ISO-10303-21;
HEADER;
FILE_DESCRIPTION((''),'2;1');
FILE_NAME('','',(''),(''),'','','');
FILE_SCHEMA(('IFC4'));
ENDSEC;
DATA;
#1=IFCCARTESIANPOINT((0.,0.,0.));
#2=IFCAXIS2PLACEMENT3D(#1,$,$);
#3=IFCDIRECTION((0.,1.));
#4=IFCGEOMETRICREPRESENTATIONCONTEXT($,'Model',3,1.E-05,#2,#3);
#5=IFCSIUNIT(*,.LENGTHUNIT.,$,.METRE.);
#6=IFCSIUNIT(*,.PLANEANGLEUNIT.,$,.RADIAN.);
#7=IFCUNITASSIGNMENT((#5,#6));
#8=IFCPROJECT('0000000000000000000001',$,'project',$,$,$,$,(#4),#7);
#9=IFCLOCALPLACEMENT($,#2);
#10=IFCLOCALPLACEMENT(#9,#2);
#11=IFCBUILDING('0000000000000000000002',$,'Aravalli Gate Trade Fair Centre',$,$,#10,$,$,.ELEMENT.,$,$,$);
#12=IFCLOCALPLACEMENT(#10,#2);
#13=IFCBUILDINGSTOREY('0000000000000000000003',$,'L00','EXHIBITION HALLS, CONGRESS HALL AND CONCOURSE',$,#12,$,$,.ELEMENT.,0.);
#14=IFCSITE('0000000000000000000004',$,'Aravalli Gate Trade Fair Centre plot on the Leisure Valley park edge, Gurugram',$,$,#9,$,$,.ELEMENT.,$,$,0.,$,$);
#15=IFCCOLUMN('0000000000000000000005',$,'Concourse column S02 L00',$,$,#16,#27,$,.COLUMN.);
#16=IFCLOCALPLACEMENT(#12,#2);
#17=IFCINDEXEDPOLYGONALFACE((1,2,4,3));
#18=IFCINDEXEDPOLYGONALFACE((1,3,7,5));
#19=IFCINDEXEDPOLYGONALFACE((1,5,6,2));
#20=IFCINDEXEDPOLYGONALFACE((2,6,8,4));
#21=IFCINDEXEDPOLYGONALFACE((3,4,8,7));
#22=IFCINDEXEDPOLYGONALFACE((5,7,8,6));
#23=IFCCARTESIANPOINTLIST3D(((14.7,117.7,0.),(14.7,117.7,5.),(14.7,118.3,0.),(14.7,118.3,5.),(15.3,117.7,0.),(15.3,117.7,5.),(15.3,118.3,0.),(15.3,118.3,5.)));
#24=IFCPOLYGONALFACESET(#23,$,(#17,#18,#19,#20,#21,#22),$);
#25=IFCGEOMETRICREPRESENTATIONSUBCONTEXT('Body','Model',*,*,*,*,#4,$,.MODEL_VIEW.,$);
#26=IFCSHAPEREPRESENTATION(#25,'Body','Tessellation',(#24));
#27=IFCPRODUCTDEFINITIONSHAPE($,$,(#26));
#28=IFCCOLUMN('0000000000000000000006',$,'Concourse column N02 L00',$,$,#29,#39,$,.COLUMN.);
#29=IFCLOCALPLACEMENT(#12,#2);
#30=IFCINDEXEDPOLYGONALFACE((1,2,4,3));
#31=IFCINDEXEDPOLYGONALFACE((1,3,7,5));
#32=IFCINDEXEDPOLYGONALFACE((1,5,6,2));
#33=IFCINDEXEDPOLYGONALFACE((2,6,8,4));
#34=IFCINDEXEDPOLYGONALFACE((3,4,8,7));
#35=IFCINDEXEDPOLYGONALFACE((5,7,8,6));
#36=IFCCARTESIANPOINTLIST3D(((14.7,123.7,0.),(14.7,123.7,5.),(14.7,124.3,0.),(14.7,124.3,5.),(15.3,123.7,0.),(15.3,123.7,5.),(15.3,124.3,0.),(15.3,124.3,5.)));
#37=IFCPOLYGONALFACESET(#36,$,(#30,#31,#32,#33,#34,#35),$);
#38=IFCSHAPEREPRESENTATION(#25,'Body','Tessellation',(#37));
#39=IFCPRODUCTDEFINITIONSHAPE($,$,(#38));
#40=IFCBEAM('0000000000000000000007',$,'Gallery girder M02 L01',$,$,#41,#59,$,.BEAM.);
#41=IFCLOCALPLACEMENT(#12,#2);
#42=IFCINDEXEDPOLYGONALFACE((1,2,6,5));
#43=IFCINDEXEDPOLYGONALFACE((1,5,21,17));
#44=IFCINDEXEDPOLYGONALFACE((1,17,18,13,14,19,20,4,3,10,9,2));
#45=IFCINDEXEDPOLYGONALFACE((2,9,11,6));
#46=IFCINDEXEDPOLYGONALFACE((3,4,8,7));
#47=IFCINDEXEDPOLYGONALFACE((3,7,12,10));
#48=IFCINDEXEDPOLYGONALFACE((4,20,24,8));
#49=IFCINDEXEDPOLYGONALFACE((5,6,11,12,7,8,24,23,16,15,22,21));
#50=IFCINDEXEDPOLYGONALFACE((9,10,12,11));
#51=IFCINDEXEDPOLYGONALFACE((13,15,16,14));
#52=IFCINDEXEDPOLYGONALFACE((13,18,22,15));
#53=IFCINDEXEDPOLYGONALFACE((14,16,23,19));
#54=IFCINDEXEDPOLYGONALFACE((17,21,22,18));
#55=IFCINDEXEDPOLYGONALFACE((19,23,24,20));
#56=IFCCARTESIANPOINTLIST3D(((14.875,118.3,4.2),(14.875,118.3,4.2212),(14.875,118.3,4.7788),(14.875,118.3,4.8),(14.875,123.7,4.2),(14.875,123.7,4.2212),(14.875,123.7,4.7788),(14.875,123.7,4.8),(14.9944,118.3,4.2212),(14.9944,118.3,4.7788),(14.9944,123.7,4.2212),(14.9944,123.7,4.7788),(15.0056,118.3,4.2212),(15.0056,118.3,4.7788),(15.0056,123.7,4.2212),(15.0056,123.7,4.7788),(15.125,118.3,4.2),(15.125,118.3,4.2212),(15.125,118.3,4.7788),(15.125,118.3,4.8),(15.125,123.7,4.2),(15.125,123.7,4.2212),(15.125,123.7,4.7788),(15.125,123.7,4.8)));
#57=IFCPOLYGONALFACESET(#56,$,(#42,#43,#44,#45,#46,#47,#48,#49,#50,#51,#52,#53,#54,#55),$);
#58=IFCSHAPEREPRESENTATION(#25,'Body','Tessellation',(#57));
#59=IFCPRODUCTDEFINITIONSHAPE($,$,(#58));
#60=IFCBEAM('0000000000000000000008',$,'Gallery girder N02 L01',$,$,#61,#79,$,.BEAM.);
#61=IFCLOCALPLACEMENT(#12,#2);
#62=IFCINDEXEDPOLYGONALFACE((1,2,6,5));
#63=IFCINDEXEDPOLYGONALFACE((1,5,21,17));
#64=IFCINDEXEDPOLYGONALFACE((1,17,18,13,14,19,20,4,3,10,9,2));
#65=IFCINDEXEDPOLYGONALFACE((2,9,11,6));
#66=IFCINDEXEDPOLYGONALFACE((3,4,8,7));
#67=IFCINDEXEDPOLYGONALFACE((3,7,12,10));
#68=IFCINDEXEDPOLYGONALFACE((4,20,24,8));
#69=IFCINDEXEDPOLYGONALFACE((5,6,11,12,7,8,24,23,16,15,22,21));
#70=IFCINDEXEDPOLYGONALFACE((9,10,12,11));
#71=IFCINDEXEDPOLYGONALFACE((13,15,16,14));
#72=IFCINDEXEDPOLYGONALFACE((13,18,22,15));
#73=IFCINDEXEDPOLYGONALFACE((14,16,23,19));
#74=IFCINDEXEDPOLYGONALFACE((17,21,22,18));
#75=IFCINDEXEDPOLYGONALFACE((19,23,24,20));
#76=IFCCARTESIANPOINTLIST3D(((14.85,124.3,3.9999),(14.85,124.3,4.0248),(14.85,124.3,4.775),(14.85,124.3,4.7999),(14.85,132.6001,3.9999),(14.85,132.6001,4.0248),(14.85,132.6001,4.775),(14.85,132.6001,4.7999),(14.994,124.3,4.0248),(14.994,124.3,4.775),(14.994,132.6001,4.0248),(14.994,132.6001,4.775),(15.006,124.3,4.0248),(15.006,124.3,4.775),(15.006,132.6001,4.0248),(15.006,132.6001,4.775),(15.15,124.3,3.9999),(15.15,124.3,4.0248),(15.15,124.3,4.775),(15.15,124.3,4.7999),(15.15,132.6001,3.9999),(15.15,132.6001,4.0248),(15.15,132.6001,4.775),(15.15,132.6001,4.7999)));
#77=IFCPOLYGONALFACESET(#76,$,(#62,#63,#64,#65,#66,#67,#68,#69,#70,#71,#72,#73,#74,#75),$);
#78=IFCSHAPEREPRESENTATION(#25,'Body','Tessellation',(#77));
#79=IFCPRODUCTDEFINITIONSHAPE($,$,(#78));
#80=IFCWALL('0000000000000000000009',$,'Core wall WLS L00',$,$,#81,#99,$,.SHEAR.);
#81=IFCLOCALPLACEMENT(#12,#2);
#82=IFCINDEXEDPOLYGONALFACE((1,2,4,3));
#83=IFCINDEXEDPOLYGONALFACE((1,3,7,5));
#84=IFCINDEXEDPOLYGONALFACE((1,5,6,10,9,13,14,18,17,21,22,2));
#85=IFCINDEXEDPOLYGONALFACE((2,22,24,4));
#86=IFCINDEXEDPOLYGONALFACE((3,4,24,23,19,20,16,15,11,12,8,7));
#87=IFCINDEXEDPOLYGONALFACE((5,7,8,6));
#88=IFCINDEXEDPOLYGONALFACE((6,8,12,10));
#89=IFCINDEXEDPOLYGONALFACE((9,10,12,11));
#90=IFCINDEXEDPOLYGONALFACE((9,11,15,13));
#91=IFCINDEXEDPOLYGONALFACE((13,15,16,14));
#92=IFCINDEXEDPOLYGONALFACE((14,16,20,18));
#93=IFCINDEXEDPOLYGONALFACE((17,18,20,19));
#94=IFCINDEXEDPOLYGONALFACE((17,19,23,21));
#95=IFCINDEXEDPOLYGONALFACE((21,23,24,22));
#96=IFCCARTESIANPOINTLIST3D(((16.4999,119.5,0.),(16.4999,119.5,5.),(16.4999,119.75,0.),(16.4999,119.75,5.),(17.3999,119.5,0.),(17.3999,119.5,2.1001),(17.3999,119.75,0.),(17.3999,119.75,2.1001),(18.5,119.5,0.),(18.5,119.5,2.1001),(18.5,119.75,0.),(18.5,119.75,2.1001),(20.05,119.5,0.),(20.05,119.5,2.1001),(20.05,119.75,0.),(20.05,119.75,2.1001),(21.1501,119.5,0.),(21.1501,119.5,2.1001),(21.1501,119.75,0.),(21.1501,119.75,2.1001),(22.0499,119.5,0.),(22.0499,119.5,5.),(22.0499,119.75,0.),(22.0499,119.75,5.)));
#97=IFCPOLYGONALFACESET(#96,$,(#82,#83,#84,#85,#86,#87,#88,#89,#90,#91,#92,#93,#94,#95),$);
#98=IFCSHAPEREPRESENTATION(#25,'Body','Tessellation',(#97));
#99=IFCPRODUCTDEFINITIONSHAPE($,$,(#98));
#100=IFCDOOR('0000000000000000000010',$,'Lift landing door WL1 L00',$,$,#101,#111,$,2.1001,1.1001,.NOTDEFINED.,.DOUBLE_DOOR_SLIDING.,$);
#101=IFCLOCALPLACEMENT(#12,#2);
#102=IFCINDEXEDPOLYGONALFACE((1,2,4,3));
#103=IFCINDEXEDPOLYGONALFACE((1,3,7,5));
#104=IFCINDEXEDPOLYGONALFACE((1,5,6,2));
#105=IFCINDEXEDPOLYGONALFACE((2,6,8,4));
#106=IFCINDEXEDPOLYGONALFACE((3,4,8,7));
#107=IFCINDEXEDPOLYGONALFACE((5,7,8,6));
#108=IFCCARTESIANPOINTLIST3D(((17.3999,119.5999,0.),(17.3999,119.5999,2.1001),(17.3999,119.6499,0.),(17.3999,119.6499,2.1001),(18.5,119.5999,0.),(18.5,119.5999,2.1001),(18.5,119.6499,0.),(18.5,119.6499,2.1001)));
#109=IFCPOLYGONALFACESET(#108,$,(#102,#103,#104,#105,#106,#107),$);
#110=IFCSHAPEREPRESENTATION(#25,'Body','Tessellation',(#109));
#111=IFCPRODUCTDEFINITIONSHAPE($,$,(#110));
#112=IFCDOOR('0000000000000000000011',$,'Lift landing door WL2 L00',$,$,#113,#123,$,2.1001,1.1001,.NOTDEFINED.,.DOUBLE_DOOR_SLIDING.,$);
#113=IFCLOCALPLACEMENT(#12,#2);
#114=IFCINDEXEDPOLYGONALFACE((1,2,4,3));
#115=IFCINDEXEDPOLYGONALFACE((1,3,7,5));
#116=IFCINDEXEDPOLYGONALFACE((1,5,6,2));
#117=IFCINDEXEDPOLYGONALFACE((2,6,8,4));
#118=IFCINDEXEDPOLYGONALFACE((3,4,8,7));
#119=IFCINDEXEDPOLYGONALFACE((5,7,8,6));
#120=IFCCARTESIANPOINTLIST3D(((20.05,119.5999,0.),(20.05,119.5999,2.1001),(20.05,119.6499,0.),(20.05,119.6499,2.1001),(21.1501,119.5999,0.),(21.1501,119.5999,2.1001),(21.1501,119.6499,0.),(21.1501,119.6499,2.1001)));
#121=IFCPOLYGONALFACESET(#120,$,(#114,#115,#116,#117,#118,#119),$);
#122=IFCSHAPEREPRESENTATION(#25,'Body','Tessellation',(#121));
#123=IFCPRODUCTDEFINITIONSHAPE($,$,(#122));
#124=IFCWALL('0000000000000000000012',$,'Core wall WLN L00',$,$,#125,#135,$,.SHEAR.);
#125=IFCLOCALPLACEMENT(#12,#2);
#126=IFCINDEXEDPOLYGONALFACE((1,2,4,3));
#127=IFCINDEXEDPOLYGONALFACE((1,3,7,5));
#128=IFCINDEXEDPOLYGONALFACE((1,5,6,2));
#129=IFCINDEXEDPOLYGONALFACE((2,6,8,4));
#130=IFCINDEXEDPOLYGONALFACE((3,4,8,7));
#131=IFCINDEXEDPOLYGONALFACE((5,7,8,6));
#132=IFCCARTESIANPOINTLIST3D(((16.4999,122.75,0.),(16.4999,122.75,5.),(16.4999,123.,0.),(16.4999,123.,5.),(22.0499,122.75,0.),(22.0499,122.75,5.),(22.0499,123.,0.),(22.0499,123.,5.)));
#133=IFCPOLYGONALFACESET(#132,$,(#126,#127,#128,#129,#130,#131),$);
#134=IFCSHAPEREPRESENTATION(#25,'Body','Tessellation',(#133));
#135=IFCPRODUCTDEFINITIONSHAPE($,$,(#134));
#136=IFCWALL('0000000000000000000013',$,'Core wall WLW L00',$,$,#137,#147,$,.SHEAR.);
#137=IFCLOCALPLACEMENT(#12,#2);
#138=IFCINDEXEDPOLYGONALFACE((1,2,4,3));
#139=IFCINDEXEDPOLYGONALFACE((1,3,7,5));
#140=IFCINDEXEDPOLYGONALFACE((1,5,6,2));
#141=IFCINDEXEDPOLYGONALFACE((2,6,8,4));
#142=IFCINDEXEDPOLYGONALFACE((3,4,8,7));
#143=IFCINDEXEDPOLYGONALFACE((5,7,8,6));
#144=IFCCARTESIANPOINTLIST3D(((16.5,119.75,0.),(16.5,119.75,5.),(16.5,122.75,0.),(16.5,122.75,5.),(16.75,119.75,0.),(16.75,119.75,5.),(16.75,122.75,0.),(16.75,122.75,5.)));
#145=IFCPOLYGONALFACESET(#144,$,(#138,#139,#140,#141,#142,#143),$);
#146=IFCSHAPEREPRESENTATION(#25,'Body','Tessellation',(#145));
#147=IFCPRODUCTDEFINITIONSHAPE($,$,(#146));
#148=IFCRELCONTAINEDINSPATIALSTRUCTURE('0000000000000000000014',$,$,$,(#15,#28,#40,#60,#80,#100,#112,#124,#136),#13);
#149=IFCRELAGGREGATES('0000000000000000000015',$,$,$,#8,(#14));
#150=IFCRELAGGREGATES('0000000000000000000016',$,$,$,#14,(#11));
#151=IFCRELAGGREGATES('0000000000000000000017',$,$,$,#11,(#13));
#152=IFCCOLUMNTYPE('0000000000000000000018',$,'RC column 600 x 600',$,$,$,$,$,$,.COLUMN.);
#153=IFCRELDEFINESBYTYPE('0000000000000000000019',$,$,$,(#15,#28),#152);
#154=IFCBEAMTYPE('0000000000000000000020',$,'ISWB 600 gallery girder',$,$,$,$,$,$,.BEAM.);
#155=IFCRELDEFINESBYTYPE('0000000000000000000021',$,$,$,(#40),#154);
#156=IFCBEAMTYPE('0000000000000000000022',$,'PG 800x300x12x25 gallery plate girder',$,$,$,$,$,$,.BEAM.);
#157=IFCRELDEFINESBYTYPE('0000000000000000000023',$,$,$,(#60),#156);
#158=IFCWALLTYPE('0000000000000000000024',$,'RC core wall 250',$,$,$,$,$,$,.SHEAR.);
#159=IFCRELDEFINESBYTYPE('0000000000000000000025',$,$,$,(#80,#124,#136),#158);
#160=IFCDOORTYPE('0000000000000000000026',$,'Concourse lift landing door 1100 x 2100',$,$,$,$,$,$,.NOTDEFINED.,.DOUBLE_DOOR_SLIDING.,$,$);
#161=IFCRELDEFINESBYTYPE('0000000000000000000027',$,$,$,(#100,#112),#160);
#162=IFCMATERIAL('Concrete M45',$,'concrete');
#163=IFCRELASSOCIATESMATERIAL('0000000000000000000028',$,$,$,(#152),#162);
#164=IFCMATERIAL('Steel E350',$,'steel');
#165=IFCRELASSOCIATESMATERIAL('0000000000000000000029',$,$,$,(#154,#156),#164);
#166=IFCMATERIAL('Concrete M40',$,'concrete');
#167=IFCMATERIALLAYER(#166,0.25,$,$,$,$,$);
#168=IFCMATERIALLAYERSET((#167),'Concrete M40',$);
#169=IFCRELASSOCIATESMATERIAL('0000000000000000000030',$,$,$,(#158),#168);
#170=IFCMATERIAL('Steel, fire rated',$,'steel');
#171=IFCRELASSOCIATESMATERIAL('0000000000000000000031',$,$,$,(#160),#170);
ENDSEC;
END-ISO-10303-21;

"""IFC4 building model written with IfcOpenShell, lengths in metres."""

from ifc_helpers import new_model, si_unit, direction, frame, frame_2d, origin, origin_2d, place, context, subcontext, project, spatial, rectangle, i_section, extrude, material, layer, layer_set, material_profile, profile_set, type_object, element, fill, save


model = new_model("IFC4")

# Units and contexts
model_context = context("Model", 3, precision=1e-05, world=origin(), true_north=direction((0.0, 1.0)))
body_context = subcontext(model_context, "Body", "Model", "MODEL_VIEW")
ifc_project = project(units=[si_unit("LENGTHUNIT", "METRE"), si_unit("PLANEANGLEUNIT", "RADIAN")], contexts=[model_context])

# Site, building, storey
site_placement = place(None, origin())
site = spatial("IfcSite", under=ifc_project, at=site_placement, Name="Aravalli Gate Trade Fair Centre plot on the Leisure Valley park edge, Gurugram", CompositionType="ELEMENT", RefElevation=0.0)
building_placement = place(site_placement, origin())
building = spatial("IfcBuilding", under=site, at=building_placement, Name="Aravalli Gate Trade Fair Centre", CompositionType="ELEMENT")
storey_placement = place(building_placement, origin())
storey = spatial("IfcBuildingStorey", under=building, at=storey_placement, Name="L00", Description="EXHIBITION HALLS, CONGRESS HALL AND CONCOURSE", CompositionType="ELEMENT", Elevation=0.0)

# Columns
ifc_material_1 = material(Name="Concrete M45", Category="concrete")
ifc_material_profile_1 = material_profile(ifc_material_1, rectangle(XDim=0.6001, YDim=0.6001, at=origin_2d()), Name="RC column 600 x 600")
ifc_profile_set_1 = profile_set([ifc_material_profile_1], Name="Concrete M45")
column_type = type_object("IfcColumnType", Name="RC column 600 x 600", PredefinedType="COLUMN", material=ifc_profile_set_1)
for number, where, z_axis, x_axis, name in (
    (1, (15.0, 118.0, 0.0), (0.0, 0.0, 1.0), (1.0, 0.0, 0.0), "Concourse column S02 L00"),
    (2, (15.0, 124.0, 0.0), (0.0, 0.0, 1.0), (1.0, 0.0, 0.0), "Concourse column N02 L00"),
):
    element("IfcColumn", number, at=place(storey_placement, frame(where, z_axis=z_axis, x_axis=x_axis)), inside=storey, type_object=column_type, Name=name, PredefinedType="COLUMN", context=body_context, shape_type="SweptSolid", body=[
        extrude(rectangle(XDim=0.6001, YDim=0.6001, at=origin_2d()), origin(), (0.0, 0.0, 1.0), 5.0),
    ])

# Beams
ifc_material_2 = material(Name="Steel E350", Category="steel")
ifc_material_profile_2 = material_profile(ifc_material_2, i_section(OverallWidth=0.25, OverallDepth=0.6001, WebThickness=0.0112, FlangeThickness=0.0212, at=origin_2d()), Name="ISWB 600")
ifc_profile_set_2 = profile_set([ifc_material_profile_2], Name="Steel E350")
beam_type_1 = type_object("IfcBeamType", Name="ISWB 600 gallery girder", PredefinedType="BEAM", material=ifc_profile_set_2)
beam_1_placement = place(storey_placement, frame((15.0, 118.3, 4.5), z_axis=(0.0, 1.0, 0.0), x_axis=(-1.0, 0.0, 0.0)))
element("IfcBeam", 3, at=beam_1_placement, inside=storey, type_object=beam_type_1, Name="Gallery girder M02 L01", PredefinedType="BEAM", context=body_context, shape_type="SweptSolid", body=[
    extrude(i_section(OverallWidth=0.25, OverallDepth=0.6001, WebThickness=0.0112, FlangeThickness=0.0212, at=origin_2d()), origin(), (0.0, 0.0, 1.0), 5.3999),
])
ifc_material_profile_3 = material_profile(ifc_material_2, i_section(OverallWidth=0.3, OverallDepth=0.8, WebThickness=0.012, FlangeThickness=0.0249, at=origin_2d()), Name="PG 800x300x12x25")
ifc_profile_set_3 = profile_set([ifc_material_profile_3], Name="Steel E350")
beam_type_2 = type_object("IfcBeamType", Name="PG 800x300x12x25 gallery plate girder", PredefinedType="BEAM", material=ifc_profile_set_3)
beam_2_placement = place(storey_placement, frame((15.0, 124.3, 4.3999), z_axis=(0.0, 1.0, 0.0), x_axis=(-1.0, 0.0, 0.0)))
element("IfcBeam", 4, at=beam_2_placement, inside=storey, type_object=beam_type_2, Name="Gallery girder N02 L01", PredefinedType="BEAM", context=body_context, shape_type="SweptSolid", body=[
    extrude(i_section(OverallWidth=0.3, OverallDepth=0.8, WebThickness=0.012, FlangeThickness=0.0249, at=origin_2d()), origin(), (0.0, 0.0, 1.0), 8.3),
])

# Wall, openings, doors
ifc_material_3 = material(Name="Concrete M40", Category="concrete")
ifc_layer_1 = layer(ifc_material_3, 0.25)
ifc_layer_set_1 = layer_set([ifc_layer_1], Name="Concrete M40")
wall_type_1 = type_object("IfcWallType", Name="RC core wall 250", PredefinedType="SHEAR", material=ifc_layer_set_1)
wall_1_placement = place(storey_placement, frame((16.5, 119.625, 0.0), z_axis=(0.0, 0.0, 1.0), x_axis=(1.0, 0.0, 0.0)))
wall_1 = element("IfcWall", 5, at=wall_1_placement, inside=storey, type_object=wall_type_1, Name="Core wall WLS L00", PredefinedType="SHEAR", context=body_context, shape_type="SweptSolid", body=[
    extrude(rectangle(XDim=5.55, YDim=0.25, at=frame_2d((2.7749, 0.0))), origin(), (0.0, 0.0, 1.0), 5.0),
])
opening_1_placement = place(wall_1_placement, frame((0.8999, 0.0, 0.0)))
opening_1 = element("IfcOpeningElement", 6, at=opening_1_placement, cuts=wall_1, PredefinedType="OPENING", context=body_context, shape_type="SweptSolid", body=[
    extrude(rectangle(XDim=1.1001, YDim=2.1001, at=frame_2d((0.55, 1.05))), frame((0.0, 0.135, 0.0), z_axis=(0.0, -1.0, 0.0), x_axis=(1.0, 0.0, 0.0)), (0.0, 0.0, 1.0), 0.27),
])
opening_2_placement = place(wall_1_placement, frame((3.55, 0.0, 0.0)))
opening_2 = element("IfcOpeningElement", 7, at=opening_2_placement, cuts=wall_1, PredefinedType="OPENING", context=body_context, shape_type="SweptSolid", body=[
    extrude(rectangle(XDim=1.1001, YDim=2.1001, at=frame_2d((0.55, 1.05))), frame((0.0, 0.135, 0.0), z_axis=(0.0, -1.0, 0.0), x_axis=(1.0, 0.0, 0.0)), (0.0, 0.0, 1.0), 0.27),
])
ifc_material_4 = material(Name="Steel, fire rated", Category="steel")
door_type_1 = type_object("IfcDoorType", Name="Concourse lift landing door 1100 x 2100", OperationType="DOUBLE_DOOR_SLIDING", PredefinedType="NOTDEFINED", material=ifc_material_4)
door_1_placement = place(opening_1_placement, origin())
door_1 = element("IfcDoor", 8, at=door_1_placement, inside=storey, type_object=door_type_1, Name="Lift landing door WL1 L00", OperationType="DOUBLE_DOOR_SLIDING", OverallHeight=2.1001, OverallWidth=1.1001, PredefinedType="NOTDEFINED", context=body_context, shape_type="SweptSolid", body=[
    extrude(rectangle(XDim=1.1001, YDim=2.1001, at=frame_2d((0.55, 1.05))), frame((0.0, 0.0249, 0.0), z_axis=(0.0, -1.0, 0.0), x_axis=(1.0, 0.0, 0.0)), (0.0, 0.0, 1.0), 0.05),
])
fill(opening_1, door_1)
door_2_placement = place(opening_2_placement, origin())
door_2 = element("IfcDoor", 9, at=door_2_placement, inside=storey, type_object=door_type_1, Name="Lift landing door WL2 L00", OperationType="DOUBLE_DOOR_SLIDING", OverallHeight=2.1001, OverallWidth=1.1001, PredefinedType="NOTDEFINED", context=body_context, shape_type="SweptSolid", body=[
    extrude(rectangle(XDim=1.1001, YDim=2.1001, at=frame_2d((0.55, 1.05))), frame((0.0, 0.0249, 0.0), z_axis=(0.0, -1.0, 0.0), x_axis=(1.0, 0.0, 0.0)), (0.0, 0.0, 1.0), 0.05),
])
fill(opening_2, door_2)

# Walls
wall_2_placement = place(storey_placement, frame((16.5, 122.875, 0.0), z_axis=(0.0, 0.0, 1.0), x_axis=(1.0, 0.0, 0.0)))
element("IfcWall", 10, at=wall_2_placement, inside=storey, type_object=wall_type_1, Name="Core wall WLN L00", PredefinedType="SHEAR", context=body_context, shape_type="SweptSolid", body=[
    extrude(rectangle(XDim=5.55, YDim=0.25, at=frame_2d((2.7749, 0.0))), origin(), (0.0, 0.0, 1.0), 5.0),
])
wall_3_placement = place(storey_placement, frame((16.625, 119.75, 0.0), z_axis=(0.0, 0.0, 1.0), x_axis=(0.0, 1.0, 0.0)))
element("IfcWall", 11, at=wall_3_placement, inside=storey, type_object=wall_type_1, Name="Core wall WLW L00", PredefinedType="SHEAR", context=body_context, shape_type="SweptSolid", body=[
    extrude(rectangle(XDim=3.0, YDim=0.25, at=frame_2d((1.5, 0.0))), origin(), (0.0, 0.0, 1.0), 5.0),
])

save(model, "model.ifc")
